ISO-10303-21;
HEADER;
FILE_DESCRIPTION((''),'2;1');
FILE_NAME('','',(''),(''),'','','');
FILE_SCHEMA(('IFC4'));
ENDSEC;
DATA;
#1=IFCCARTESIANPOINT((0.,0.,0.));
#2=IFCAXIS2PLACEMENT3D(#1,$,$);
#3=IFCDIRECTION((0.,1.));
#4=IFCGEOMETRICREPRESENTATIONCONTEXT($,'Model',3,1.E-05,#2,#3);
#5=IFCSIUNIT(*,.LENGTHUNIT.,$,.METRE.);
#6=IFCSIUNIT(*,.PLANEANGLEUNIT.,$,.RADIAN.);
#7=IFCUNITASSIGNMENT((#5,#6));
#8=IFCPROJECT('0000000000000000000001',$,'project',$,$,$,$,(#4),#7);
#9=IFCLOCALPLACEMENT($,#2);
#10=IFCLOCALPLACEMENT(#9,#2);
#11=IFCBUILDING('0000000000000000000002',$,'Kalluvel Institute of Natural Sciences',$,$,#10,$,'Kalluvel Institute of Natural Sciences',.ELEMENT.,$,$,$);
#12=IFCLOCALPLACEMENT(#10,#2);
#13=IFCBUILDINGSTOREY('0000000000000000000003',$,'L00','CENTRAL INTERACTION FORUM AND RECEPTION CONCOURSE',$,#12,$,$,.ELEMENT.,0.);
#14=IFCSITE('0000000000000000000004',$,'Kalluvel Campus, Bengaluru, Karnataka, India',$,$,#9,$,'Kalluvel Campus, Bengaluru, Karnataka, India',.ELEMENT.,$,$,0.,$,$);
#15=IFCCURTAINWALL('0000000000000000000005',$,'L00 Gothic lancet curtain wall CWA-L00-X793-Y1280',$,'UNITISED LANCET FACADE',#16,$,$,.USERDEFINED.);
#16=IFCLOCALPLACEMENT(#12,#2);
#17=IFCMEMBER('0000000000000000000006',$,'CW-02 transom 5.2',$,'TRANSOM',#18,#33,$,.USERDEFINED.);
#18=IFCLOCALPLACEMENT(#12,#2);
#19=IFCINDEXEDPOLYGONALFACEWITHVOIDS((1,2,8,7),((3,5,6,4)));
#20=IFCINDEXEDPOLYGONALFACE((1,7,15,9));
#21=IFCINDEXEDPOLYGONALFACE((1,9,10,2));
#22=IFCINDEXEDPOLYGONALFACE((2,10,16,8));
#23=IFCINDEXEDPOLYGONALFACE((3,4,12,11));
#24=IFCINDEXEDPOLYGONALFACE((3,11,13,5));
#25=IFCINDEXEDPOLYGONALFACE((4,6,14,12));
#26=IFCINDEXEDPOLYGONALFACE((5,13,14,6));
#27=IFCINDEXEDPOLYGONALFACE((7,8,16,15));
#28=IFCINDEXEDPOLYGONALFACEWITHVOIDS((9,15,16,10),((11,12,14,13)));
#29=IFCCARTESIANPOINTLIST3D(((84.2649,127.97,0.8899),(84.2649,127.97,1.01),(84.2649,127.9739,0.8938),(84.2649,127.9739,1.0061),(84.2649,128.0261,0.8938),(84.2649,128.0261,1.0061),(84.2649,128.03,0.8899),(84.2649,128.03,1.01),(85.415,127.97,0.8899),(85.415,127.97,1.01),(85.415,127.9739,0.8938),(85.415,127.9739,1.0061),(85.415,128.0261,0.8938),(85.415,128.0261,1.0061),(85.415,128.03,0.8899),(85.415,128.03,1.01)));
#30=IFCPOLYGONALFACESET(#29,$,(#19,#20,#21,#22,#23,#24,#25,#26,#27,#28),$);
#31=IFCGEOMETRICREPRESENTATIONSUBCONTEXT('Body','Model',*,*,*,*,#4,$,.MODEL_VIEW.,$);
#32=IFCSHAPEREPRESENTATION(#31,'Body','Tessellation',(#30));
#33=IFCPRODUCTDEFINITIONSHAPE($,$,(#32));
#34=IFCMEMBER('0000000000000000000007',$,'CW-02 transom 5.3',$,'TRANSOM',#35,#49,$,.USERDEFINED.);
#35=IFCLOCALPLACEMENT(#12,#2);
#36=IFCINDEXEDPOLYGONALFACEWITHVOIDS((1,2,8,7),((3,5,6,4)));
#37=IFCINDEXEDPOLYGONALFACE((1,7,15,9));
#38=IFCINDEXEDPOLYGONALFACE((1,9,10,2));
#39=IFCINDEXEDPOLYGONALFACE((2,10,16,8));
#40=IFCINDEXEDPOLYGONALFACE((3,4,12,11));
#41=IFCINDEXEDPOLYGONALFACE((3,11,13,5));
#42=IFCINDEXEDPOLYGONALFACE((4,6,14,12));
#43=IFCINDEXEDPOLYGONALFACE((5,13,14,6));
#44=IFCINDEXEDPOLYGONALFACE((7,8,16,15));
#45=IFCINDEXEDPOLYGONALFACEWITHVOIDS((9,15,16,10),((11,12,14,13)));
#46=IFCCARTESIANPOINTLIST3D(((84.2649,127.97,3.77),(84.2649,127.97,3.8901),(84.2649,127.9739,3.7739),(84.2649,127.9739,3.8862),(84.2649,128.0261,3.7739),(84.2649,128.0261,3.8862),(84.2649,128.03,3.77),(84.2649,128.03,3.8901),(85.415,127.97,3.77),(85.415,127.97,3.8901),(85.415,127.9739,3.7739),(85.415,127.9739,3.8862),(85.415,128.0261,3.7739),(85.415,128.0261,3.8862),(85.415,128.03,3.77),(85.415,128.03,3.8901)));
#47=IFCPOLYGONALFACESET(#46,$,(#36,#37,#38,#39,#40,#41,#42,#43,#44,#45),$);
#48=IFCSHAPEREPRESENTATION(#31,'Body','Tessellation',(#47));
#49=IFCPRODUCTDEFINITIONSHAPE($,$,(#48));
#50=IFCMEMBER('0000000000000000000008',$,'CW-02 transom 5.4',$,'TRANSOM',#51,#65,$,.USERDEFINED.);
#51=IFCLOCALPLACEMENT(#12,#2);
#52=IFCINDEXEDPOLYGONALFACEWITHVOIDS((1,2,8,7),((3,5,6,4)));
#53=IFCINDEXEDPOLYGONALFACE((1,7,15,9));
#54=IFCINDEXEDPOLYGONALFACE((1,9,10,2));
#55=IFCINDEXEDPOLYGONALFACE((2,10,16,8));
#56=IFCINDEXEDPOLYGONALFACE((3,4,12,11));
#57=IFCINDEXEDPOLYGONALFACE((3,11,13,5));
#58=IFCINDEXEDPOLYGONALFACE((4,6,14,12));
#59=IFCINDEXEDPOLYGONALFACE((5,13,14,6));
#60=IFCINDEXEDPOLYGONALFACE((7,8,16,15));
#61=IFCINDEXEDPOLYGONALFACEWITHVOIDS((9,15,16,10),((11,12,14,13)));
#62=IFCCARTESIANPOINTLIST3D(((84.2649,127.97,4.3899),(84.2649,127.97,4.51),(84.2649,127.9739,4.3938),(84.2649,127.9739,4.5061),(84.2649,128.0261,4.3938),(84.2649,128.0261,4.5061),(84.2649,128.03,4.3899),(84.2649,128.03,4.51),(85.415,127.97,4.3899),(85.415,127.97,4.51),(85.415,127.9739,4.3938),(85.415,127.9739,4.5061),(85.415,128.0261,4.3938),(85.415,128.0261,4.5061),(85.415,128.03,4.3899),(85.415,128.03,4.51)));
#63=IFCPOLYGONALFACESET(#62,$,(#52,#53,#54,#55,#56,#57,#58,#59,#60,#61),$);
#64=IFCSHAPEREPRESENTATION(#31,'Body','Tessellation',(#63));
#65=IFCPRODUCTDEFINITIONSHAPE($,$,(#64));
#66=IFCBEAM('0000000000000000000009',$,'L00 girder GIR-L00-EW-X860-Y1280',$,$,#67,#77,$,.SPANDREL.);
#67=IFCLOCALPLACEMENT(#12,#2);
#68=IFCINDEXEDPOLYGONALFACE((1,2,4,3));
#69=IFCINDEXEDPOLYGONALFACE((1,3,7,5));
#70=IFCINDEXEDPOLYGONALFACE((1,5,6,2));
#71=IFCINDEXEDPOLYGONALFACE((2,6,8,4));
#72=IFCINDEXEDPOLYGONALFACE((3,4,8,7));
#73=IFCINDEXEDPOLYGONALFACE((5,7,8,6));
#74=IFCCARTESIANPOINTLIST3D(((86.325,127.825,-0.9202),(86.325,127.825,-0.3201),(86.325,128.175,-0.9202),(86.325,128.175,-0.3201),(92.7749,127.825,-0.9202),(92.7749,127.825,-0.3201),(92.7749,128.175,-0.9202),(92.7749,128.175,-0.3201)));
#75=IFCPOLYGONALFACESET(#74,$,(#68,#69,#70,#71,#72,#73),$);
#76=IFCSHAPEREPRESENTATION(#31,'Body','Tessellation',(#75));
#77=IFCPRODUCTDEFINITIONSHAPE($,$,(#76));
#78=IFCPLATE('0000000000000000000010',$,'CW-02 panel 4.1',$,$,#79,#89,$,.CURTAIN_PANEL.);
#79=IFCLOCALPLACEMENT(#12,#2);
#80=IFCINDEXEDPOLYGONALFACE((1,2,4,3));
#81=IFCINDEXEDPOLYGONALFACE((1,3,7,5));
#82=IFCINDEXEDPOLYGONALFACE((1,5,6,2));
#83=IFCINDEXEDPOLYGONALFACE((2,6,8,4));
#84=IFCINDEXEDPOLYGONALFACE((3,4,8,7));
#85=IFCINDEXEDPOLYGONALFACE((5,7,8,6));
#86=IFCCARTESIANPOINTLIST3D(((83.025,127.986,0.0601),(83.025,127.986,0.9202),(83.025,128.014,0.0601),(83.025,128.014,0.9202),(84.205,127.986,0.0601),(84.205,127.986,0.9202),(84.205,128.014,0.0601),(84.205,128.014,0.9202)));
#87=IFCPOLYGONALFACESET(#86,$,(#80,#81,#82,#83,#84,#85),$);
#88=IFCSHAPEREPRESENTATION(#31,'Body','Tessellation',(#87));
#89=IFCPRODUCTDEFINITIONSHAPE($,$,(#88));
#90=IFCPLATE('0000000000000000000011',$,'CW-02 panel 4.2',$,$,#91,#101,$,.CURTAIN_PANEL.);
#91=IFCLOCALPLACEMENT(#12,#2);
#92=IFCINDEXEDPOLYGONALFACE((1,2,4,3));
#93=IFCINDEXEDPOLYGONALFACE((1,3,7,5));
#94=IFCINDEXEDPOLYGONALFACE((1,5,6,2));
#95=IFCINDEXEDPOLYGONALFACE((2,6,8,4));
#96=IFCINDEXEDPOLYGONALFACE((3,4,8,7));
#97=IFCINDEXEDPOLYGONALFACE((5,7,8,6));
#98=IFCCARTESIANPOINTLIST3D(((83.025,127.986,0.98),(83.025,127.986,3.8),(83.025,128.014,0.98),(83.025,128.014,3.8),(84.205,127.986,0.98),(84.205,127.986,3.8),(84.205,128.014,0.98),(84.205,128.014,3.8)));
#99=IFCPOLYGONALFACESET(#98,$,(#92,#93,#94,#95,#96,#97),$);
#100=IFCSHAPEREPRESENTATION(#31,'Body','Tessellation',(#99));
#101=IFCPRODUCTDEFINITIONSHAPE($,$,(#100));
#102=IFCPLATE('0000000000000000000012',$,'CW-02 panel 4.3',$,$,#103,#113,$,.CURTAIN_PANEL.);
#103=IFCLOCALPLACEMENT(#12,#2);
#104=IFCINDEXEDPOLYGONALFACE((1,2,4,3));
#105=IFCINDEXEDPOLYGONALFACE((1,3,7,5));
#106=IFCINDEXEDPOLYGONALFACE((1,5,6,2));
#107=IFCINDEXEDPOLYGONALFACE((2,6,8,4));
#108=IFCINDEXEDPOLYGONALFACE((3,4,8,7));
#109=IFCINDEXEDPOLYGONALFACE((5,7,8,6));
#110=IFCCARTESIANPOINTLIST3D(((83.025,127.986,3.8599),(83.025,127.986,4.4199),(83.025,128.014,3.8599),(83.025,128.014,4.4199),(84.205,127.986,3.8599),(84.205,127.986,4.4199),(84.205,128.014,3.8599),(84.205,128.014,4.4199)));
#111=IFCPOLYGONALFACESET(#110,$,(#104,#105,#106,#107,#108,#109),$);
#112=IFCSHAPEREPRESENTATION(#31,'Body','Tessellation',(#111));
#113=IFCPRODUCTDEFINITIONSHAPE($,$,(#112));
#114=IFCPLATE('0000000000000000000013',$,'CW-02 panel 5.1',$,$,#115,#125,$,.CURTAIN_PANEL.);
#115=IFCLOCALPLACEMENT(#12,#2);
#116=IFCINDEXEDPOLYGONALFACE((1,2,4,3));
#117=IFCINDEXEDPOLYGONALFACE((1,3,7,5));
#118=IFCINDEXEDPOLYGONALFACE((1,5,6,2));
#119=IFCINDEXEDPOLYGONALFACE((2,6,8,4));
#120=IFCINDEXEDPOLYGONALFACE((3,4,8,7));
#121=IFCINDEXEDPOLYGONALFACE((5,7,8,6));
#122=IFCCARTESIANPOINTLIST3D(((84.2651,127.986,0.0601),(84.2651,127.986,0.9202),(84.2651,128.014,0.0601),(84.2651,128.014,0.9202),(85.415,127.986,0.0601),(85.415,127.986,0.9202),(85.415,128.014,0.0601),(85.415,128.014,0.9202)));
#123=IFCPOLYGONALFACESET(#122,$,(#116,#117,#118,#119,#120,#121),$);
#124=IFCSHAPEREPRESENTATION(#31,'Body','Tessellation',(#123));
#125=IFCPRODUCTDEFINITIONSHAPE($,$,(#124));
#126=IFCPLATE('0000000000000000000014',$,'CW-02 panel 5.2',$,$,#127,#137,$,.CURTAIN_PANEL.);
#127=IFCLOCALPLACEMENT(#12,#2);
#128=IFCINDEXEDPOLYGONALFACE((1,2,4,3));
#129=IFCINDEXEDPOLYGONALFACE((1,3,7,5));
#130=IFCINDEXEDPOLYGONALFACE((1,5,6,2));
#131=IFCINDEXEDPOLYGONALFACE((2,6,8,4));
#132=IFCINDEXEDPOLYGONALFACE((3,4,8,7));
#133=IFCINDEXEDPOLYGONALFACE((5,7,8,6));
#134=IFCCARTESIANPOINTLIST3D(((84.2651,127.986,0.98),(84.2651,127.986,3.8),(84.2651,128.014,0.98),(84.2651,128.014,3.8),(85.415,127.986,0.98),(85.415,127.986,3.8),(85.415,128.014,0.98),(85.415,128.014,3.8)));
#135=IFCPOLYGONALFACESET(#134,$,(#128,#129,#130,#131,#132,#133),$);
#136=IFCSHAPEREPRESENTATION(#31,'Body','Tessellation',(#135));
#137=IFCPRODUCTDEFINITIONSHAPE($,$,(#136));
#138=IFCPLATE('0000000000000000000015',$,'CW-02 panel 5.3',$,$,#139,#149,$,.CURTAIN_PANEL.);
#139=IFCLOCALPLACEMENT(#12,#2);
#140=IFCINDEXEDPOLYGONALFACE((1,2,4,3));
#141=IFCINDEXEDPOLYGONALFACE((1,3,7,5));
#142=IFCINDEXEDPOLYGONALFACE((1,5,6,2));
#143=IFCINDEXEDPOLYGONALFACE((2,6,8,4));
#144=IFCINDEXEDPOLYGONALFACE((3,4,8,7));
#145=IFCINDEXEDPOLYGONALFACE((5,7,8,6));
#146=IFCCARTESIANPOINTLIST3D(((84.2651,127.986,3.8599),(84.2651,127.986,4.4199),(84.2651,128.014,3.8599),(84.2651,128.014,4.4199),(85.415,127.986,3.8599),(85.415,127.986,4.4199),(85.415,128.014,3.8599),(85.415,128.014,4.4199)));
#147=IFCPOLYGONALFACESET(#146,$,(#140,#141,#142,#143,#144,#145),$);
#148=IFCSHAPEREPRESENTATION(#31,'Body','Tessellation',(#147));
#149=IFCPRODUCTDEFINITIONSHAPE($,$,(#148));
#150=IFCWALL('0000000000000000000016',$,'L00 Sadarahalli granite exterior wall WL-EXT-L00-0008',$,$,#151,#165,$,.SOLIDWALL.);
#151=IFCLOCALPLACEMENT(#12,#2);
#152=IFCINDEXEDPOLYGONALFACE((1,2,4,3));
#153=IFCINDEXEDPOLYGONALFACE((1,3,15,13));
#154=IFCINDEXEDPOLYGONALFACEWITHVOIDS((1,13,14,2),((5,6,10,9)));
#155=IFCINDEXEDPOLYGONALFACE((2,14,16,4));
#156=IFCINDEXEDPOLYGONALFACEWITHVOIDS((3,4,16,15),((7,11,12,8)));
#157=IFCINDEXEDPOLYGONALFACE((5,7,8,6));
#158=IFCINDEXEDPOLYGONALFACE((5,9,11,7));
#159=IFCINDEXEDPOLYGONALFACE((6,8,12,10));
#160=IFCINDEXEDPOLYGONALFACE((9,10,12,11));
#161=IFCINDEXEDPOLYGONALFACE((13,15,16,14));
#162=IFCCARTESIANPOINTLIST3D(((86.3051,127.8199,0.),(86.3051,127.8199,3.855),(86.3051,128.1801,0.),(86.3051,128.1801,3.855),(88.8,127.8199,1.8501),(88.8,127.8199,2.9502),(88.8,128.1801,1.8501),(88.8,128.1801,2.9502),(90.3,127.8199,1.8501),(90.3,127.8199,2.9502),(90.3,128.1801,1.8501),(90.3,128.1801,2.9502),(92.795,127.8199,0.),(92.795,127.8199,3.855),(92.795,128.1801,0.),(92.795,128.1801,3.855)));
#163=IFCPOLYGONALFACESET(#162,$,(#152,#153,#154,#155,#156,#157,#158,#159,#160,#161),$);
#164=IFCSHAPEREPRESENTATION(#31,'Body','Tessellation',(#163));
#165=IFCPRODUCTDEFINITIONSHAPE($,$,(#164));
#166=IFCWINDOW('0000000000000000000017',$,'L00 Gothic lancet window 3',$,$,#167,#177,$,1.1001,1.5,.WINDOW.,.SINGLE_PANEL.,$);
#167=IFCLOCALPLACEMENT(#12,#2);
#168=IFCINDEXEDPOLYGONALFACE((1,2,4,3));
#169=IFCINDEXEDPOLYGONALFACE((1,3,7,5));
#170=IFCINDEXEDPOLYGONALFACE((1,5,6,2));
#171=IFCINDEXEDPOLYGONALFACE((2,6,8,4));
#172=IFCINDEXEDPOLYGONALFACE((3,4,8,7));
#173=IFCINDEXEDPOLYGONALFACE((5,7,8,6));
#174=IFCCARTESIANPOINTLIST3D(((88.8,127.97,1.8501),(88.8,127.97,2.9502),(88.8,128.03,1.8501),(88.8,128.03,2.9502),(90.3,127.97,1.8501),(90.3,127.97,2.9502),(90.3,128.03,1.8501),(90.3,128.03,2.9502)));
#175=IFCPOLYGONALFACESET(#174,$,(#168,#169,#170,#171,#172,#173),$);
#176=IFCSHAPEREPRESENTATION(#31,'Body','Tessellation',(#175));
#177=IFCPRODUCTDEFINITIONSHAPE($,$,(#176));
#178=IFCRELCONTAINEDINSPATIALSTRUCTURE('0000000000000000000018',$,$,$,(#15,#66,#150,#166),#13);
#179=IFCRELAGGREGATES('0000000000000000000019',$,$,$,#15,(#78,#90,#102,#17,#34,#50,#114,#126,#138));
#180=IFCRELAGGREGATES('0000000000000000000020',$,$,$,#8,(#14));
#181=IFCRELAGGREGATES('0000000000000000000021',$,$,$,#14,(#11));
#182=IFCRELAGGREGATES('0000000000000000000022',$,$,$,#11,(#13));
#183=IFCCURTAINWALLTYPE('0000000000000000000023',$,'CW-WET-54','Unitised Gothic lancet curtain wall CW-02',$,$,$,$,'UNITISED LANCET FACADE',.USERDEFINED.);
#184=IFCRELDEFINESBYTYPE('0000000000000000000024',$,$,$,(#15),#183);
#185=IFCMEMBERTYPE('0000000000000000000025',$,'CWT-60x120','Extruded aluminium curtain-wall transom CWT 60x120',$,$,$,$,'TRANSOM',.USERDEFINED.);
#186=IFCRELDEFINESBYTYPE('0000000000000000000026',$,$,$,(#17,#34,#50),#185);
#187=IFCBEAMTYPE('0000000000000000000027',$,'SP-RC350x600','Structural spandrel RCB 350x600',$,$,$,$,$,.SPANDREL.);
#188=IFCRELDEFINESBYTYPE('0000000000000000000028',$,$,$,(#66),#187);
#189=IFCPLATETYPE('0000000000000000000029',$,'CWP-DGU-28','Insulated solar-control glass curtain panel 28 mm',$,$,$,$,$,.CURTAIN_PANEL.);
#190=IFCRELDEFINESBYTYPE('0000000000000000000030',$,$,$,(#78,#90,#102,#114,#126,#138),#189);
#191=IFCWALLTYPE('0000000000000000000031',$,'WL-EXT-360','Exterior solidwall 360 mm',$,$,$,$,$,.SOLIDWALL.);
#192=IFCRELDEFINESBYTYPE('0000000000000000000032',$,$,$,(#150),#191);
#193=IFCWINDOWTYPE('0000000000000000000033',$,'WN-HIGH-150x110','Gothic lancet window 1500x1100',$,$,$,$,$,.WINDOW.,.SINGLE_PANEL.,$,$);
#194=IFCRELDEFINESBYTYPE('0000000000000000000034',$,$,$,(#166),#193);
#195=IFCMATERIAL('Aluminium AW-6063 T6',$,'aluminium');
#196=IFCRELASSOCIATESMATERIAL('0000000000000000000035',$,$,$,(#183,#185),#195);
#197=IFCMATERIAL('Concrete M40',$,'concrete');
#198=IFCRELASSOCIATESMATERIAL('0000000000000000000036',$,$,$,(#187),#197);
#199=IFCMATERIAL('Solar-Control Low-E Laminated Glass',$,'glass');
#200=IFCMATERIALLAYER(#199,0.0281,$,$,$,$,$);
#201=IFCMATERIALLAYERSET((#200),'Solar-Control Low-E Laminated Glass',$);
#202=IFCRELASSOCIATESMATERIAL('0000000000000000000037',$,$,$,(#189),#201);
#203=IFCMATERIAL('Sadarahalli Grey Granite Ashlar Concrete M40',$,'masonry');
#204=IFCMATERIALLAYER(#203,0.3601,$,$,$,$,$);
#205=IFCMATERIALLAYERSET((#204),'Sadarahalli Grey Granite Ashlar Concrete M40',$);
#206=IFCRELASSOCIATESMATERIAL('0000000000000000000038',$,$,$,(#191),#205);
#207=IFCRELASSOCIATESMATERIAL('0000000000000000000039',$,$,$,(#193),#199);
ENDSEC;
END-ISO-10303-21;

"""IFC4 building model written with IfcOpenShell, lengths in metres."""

from ifc_helpers import new_model, si_unit, direction, frame, frame_2d, origin, origin_2d, place, context, subcontext, project, spatial, rectangle, hollow_rectangle, extrude, material, layer, layer_set, material_profile, profile_set, type_object, element, fill, aggregate, save


model = new_model("IFC4")

# Units and contexts
model_context = context("Model", 3, precision=1e-05, world=origin(), true_north=direction((0.0, 1.0)))
body_context = subcontext(model_context, "Body", "Model", "MODEL_VIEW")
ifc_project = project(units=[si_unit("LENGTHUNIT", "METRE"), si_unit("PLANEANGLEUNIT", "RADIAN")], contexts=[model_context])

# Site, building, storey
site_placement = place(None, origin())
site = spatial("IfcSite", under=ifc_project, at=site_placement, Name="Kalluvel Campus, Bengaluru, Karnataka, India", LongName="Kalluvel Campus, Bengaluru, Karnataka, India", CompositionType="ELEMENT", RefElevation=0.0)
building_placement = place(site_placement, origin())
building = spatial("IfcBuilding", under=site, at=building_placement, Name="Kalluvel Institute of Natural Sciences", LongName="Kalluvel Institute of Natural Sciences", CompositionType="ELEMENT")
storey_placement = place(building_placement, origin())
storey = spatial("IfcBuildingStorey", under=building, at=storey_placement, Name="L00", Description="CENTRAL INTERACTION FORUM AND RECEPTION CONCOURSE", CompositionType="ELEMENT", Elevation=0.0)

# Curtain wall, members
ifc_material_1 = material(Name="Aluminium AW-6063 T6", Category="aluminium")
curtain_wall_type = type_object("IfcCurtainWallType", Name="CW-WET-54", Description="Unitised Gothic lancet curtain wall CW-02", ElementType="UNITISED LANCET FACADE", PredefinedType="USERDEFINED", material=ifc_material_1)
curtain_wall_placement = place(storey_placement, origin())
curtain_wall = element("IfcCurtainWall", 1, at=curtain_wall_placement, inside=storey, type_object=curtain_wall_type, Name="L00 Gothic lancet curtain wall CWA-L00-X793-Y1280", ObjectType="UNITISED LANCET FACADE", PredefinedType="USERDEFINED")
ifc_material_profile_1 = material_profile(ifc_material_1, hollow_rectangle(XDim=0.0601, YDim=0.1201, WallThickness=0.0039, at=origin_2d()), Name="CWT 60x120")
ifc_profile_set_1 = profile_set([ifc_material_profile_1], Name="Aluminium AW-6063 T6")
member_type_1 = type_object("IfcMemberType", Name="CWT-60x120", Description="Extruded aluminium curtain-wall transom CWT 60x120", ElementType="TRANSOM", PredefinedType="USERDEFINED", material=ifc_profile_set_1)
member_1_placement = place(storey_placement, frame((84.2649, 128.0, 0.95), z_axis=(1.0, 0.0, 0.0), x_axis=(0.0, 1.0, 0.0)))
member_1 = element("IfcMember", 2, at=member_1_placement, type_object=member_type_1, Name="CW-02 transom 5.2", ObjectType="TRANSOM", PredefinedType="USERDEFINED", context=body_context, shape_type="SweptSolid", body=[
    extrude(hollow_rectangle(XDim=0.0601, YDim=0.1201, WallThickness=0.0039, at=origin_2d()), origin(), (0.0, 0.0, 1.0), 1.1501),
])
member_2_placement = place(storey_placement, frame((84.2649, 128.0, 3.8301), z_axis=(1.0, 0.0, 0.0), x_axis=(0.0, 1.0, 0.0)))
member_2 = element("IfcMember", 3, at=member_2_placement, type_object=member_type_1, Name="CW-02 transom 5.3", ObjectType="TRANSOM", PredefinedType="USERDEFINED", context=body_context, shape_type="SweptSolid", body=[
    extrude(hollow_rectangle(XDim=0.0601, YDim=0.1201, WallThickness=0.0039, at=origin_2d()), origin(), (0.0, 0.0, 1.0), 1.1501),
])
member_3_placement = place(storey_placement, frame((84.2649, 128.0, 4.45), z_axis=(1.0, 0.0, 0.0), x_axis=(0.0, 1.0, 0.0)))
member_3 = element("IfcMember", 4, at=member_3_placement, type_object=member_type_1, Name="CW-02 transom 5.4", ObjectType="TRANSOM", PredefinedType="USERDEFINED", context=body_context, shape_type="SweptSolid", body=[
    extrude(hollow_rectangle(XDim=0.0601, YDim=0.1201, WallThickness=0.0039, at=origin_2d()), origin(), (0.0, 0.0, 1.0), 1.1501),
])

# Beam
ifc_material_2 = material(Name="Concrete M40", Category="concrete")
ifc_material_profile_2 = material_profile(ifc_material_2, rectangle(XDim=0.3501, YDim=0.6001, at=origin_2d()), Name="RCB 350x600")
ifc_profile_set_2 = profile_set([ifc_material_profile_2], Name="Concrete M40")
beam_type = type_object("IfcBeamType", Name="SP-RC350x600", Description="Structural spandrel RCB 350x600", PredefinedType="SPANDREL", material=ifc_profile_set_2)
beam_placement = place(storey_placement, frame((86.325, 128.0, -0.6201), z_axis=(1.0, 0.0, 0.0), x_axis=(0.0, 1.0, 0.0)))
element("IfcBeam", 5, at=beam_placement, inside=storey, type_object=beam_type, Name="L00 girder GIR-L00-EW-X860-Y1280", PredefinedType="SPANDREL", context=body_context, shape_type="SweptSolid", body=[
    extrude(rectangle(XDim=0.3501, YDim=0.6001, at=origin_2d()), origin(), (0.0, 0.0, 1.0), 6.45),
])

# Plates
ifc_material_3 = material(Name="Solar-Control Low-E Laminated Glass", Category="glass")
ifc_layer_1 = layer(ifc_material_3, 0.0281)
ifc_layer_set_1 = layer_set([ifc_layer_1], Name="Solar-Control Low-E Laminated Glass")
plate_type = type_object("IfcPlateType", Name="CWP-DGU-28", Description="Insulated solar-control glass curtain panel 28 mm", PredefinedType="CURTAIN_PANEL", material=ifc_layer_set_1)
plate_1_placement = place(storey_placement, frame((83.615, 128.0, 0.0601), z_axis=(0.0, 0.0, 1.0), x_axis=(1.0, 0.0, 0.0)))
plate_1 = element("IfcPlate", 6, at=plate_1_placement, type_object=plate_type, Name="CW-02 panel 4.1", PredefinedType="CURTAIN_PANEL", context=body_context, shape_type="SweptSolid", body=[
    extrude(rectangle(XDim=1.1799, YDim=0.0281, at=origin_2d()), origin(), (0.0, 0.0, 1.0), 0.8601),
])
plate_2_placement = place(storey_placement, frame((83.615, 128.0, 0.98), z_axis=(0.0, 0.0, 1.0), x_axis=(1.0, 0.0, 0.0)))
plate_2 = element("IfcPlate", 7, at=plate_2_placement, type_object=plate_type, Name="CW-02 panel 4.2", PredefinedType="CURTAIN_PANEL", context=body_context, shape_type="SweptSolid", body=[
    extrude(rectangle(XDim=1.1799, YDim=0.0281, at=origin_2d()), origin(), (0.0, 0.0, 1.0), 2.8201),
])
plate_3_placement = place(storey_placement, frame((83.615, 128.0, 3.8599), z_axis=(0.0, 0.0, 1.0), x_axis=(1.0, 0.0, 0.0)))
plate_3 = element("IfcPlate", 8, at=plate_3_placement, type_object=plate_type, Name="CW-02 panel 4.3", PredefinedType="CURTAIN_PANEL", context=body_context, shape_type="SweptSolid", body=[
    extrude(rectangle(XDim=1.1799, YDim=0.0281, at=origin_2d()), origin(), (0.0, 0.0, 1.0), 0.5601),
])
plate_4_placement = place(storey_placement, frame((84.8401, 128.0, 0.0601), z_axis=(0.0, 0.0, 1.0), x_axis=(1.0, 0.0, 0.0)))
plate_4 = element("IfcPlate", 9, at=plate_4_placement, type_object=plate_type, Name="CW-02 panel 5.1", PredefinedType="CURTAIN_PANEL", context=body_context, shape_type="SweptSolid", body=[
    extrude(rectangle(XDim=1.1499, YDim=0.0281, at=origin_2d()), origin(), (0.0, 0.0, 1.0), 0.8601),
])
plate_5_placement = place(storey_placement, frame((84.8401, 128.0, 0.98), z_axis=(0.0, 0.0, 1.0), x_axis=(1.0, 0.0, 0.0)))
plate_5 = element("IfcPlate", 10, at=plate_5_placement, type_object=plate_type, Name="CW-02 panel 5.2", PredefinedType="CURTAIN_PANEL", context=body_context, shape_type="SweptSolid", body=[
    extrude(rectangle(XDim=1.1499, YDim=0.0281, at=origin_2d()), origin(), (0.0, 0.0, 1.0), 2.8201),
])
plate_6_placement = place(storey_placement, frame((84.8401, 128.0, 3.8599), z_axis=(0.0, 0.0, 1.0), x_axis=(1.0, 0.0, 0.0)))
plate_6 = element("IfcPlate", 11, at=plate_6_placement, type_object=plate_type, Name="CW-02 panel 5.3", PredefinedType="CURTAIN_PANEL", context=body_context, shape_type="SweptSolid", body=[
    extrude(rectangle(XDim=1.1499, YDim=0.0281, at=origin_2d()), origin(), (0.0, 0.0, 1.0), 0.5601),
])
aggregate(curtain_wall, [plate_1, plate_2, plate_3, member_1, member_2, member_3, plate_4, plate_5, plate_6])

# Wall, opening, window
ifc_material_4 = material(Name="Sadarahalli Grey Granite Ashlar Concrete M40", Category="masonry")
ifc_layer_2 = layer(ifc_material_4, 0.3601)
ifc_layer_set_2 = layer_set([ifc_layer_2], Name="Sadarahalli Grey Granite Ashlar Concrete M40")
wall_type = type_object("IfcWallType", Name="WL-EXT-360", Description="Exterior solidwall 360 mm", PredefinedType="SOLIDWALL", material=ifc_layer_set_2)
wall_placement = place(storey_placement, frame((86.3049, 128.0, 0.0), z_axis=(0.0, 0.0, 1.0), x_axis=(1.0, 0.0, 0.0)))
wall = element("IfcWall", 12, at=wall_placement, inside=storey, type_object=wall_type, Name="L00 Sadarahalli granite exterior wall WL-EXT-L00-0008", PredefinedType="SOLIDWALL", context=body_context, shape_type="SweptSolid", body=[
    extrude(rectangle(XDim=6.49, YDim=0.3601, at=frame_2d((3.2451, 0.0))), origin(), (0.0, 0.0, 1.0), 3.855),
])
opening_placement = place(wall_placement, frame((2.4951, 0.0, 1.8501)))
opening = element("IfcOpeningElement", 13, at=opening_placement, cuts=wall, PredefinedType="OPENING", context=body_context, shape_type="SweptSolid", body=[
    extrude(rectangle(XDim=1.5, YDim=1.1001, at=frame_2d((0.75, 0.55))), frame((0.0, 0.1899, 0.0), z_axis=(0.0, -1.0, 0.0), x_axis=(1.0, 0.0, 0.0)), (0.0, 0.0, 1.0), 0.3801),
])
window_type = type_object("IfcWindowType", Name="WN-HIGH-150x110", Description="Gothic lancet window 1500x1100", PartitioningType="SINGLE_PANEL", PredefinedType="WINDOW", material=ifc_material_3)
window_placement = place(opening_placement, origin())
window = element("IfcWindow", 14, at=window_placement, inside=storey, type_object=window_type, Name="L00 Gothic lancet window 3", OverallHeight=1.1001, OverallWidth=1.5, PartitioningType="SINGLE_PANEL", PredefinedType="WINDOW", context=body_context, shape_type="SweptSolid", body=[
    extrude(rectangle(XDim=1.5, YDim=1.1001, at=frame_2d((0.75, 0.55))), frame((0.0, 0.03, 0.0), z_axis=(0.0, -1.0, 0.0), x_axis=(1.0, 0.0, 0.0)), (0.0, 0.0, 1.0), 0.0601),
])
fill(opening, window)

save(model, "model.ifc")
